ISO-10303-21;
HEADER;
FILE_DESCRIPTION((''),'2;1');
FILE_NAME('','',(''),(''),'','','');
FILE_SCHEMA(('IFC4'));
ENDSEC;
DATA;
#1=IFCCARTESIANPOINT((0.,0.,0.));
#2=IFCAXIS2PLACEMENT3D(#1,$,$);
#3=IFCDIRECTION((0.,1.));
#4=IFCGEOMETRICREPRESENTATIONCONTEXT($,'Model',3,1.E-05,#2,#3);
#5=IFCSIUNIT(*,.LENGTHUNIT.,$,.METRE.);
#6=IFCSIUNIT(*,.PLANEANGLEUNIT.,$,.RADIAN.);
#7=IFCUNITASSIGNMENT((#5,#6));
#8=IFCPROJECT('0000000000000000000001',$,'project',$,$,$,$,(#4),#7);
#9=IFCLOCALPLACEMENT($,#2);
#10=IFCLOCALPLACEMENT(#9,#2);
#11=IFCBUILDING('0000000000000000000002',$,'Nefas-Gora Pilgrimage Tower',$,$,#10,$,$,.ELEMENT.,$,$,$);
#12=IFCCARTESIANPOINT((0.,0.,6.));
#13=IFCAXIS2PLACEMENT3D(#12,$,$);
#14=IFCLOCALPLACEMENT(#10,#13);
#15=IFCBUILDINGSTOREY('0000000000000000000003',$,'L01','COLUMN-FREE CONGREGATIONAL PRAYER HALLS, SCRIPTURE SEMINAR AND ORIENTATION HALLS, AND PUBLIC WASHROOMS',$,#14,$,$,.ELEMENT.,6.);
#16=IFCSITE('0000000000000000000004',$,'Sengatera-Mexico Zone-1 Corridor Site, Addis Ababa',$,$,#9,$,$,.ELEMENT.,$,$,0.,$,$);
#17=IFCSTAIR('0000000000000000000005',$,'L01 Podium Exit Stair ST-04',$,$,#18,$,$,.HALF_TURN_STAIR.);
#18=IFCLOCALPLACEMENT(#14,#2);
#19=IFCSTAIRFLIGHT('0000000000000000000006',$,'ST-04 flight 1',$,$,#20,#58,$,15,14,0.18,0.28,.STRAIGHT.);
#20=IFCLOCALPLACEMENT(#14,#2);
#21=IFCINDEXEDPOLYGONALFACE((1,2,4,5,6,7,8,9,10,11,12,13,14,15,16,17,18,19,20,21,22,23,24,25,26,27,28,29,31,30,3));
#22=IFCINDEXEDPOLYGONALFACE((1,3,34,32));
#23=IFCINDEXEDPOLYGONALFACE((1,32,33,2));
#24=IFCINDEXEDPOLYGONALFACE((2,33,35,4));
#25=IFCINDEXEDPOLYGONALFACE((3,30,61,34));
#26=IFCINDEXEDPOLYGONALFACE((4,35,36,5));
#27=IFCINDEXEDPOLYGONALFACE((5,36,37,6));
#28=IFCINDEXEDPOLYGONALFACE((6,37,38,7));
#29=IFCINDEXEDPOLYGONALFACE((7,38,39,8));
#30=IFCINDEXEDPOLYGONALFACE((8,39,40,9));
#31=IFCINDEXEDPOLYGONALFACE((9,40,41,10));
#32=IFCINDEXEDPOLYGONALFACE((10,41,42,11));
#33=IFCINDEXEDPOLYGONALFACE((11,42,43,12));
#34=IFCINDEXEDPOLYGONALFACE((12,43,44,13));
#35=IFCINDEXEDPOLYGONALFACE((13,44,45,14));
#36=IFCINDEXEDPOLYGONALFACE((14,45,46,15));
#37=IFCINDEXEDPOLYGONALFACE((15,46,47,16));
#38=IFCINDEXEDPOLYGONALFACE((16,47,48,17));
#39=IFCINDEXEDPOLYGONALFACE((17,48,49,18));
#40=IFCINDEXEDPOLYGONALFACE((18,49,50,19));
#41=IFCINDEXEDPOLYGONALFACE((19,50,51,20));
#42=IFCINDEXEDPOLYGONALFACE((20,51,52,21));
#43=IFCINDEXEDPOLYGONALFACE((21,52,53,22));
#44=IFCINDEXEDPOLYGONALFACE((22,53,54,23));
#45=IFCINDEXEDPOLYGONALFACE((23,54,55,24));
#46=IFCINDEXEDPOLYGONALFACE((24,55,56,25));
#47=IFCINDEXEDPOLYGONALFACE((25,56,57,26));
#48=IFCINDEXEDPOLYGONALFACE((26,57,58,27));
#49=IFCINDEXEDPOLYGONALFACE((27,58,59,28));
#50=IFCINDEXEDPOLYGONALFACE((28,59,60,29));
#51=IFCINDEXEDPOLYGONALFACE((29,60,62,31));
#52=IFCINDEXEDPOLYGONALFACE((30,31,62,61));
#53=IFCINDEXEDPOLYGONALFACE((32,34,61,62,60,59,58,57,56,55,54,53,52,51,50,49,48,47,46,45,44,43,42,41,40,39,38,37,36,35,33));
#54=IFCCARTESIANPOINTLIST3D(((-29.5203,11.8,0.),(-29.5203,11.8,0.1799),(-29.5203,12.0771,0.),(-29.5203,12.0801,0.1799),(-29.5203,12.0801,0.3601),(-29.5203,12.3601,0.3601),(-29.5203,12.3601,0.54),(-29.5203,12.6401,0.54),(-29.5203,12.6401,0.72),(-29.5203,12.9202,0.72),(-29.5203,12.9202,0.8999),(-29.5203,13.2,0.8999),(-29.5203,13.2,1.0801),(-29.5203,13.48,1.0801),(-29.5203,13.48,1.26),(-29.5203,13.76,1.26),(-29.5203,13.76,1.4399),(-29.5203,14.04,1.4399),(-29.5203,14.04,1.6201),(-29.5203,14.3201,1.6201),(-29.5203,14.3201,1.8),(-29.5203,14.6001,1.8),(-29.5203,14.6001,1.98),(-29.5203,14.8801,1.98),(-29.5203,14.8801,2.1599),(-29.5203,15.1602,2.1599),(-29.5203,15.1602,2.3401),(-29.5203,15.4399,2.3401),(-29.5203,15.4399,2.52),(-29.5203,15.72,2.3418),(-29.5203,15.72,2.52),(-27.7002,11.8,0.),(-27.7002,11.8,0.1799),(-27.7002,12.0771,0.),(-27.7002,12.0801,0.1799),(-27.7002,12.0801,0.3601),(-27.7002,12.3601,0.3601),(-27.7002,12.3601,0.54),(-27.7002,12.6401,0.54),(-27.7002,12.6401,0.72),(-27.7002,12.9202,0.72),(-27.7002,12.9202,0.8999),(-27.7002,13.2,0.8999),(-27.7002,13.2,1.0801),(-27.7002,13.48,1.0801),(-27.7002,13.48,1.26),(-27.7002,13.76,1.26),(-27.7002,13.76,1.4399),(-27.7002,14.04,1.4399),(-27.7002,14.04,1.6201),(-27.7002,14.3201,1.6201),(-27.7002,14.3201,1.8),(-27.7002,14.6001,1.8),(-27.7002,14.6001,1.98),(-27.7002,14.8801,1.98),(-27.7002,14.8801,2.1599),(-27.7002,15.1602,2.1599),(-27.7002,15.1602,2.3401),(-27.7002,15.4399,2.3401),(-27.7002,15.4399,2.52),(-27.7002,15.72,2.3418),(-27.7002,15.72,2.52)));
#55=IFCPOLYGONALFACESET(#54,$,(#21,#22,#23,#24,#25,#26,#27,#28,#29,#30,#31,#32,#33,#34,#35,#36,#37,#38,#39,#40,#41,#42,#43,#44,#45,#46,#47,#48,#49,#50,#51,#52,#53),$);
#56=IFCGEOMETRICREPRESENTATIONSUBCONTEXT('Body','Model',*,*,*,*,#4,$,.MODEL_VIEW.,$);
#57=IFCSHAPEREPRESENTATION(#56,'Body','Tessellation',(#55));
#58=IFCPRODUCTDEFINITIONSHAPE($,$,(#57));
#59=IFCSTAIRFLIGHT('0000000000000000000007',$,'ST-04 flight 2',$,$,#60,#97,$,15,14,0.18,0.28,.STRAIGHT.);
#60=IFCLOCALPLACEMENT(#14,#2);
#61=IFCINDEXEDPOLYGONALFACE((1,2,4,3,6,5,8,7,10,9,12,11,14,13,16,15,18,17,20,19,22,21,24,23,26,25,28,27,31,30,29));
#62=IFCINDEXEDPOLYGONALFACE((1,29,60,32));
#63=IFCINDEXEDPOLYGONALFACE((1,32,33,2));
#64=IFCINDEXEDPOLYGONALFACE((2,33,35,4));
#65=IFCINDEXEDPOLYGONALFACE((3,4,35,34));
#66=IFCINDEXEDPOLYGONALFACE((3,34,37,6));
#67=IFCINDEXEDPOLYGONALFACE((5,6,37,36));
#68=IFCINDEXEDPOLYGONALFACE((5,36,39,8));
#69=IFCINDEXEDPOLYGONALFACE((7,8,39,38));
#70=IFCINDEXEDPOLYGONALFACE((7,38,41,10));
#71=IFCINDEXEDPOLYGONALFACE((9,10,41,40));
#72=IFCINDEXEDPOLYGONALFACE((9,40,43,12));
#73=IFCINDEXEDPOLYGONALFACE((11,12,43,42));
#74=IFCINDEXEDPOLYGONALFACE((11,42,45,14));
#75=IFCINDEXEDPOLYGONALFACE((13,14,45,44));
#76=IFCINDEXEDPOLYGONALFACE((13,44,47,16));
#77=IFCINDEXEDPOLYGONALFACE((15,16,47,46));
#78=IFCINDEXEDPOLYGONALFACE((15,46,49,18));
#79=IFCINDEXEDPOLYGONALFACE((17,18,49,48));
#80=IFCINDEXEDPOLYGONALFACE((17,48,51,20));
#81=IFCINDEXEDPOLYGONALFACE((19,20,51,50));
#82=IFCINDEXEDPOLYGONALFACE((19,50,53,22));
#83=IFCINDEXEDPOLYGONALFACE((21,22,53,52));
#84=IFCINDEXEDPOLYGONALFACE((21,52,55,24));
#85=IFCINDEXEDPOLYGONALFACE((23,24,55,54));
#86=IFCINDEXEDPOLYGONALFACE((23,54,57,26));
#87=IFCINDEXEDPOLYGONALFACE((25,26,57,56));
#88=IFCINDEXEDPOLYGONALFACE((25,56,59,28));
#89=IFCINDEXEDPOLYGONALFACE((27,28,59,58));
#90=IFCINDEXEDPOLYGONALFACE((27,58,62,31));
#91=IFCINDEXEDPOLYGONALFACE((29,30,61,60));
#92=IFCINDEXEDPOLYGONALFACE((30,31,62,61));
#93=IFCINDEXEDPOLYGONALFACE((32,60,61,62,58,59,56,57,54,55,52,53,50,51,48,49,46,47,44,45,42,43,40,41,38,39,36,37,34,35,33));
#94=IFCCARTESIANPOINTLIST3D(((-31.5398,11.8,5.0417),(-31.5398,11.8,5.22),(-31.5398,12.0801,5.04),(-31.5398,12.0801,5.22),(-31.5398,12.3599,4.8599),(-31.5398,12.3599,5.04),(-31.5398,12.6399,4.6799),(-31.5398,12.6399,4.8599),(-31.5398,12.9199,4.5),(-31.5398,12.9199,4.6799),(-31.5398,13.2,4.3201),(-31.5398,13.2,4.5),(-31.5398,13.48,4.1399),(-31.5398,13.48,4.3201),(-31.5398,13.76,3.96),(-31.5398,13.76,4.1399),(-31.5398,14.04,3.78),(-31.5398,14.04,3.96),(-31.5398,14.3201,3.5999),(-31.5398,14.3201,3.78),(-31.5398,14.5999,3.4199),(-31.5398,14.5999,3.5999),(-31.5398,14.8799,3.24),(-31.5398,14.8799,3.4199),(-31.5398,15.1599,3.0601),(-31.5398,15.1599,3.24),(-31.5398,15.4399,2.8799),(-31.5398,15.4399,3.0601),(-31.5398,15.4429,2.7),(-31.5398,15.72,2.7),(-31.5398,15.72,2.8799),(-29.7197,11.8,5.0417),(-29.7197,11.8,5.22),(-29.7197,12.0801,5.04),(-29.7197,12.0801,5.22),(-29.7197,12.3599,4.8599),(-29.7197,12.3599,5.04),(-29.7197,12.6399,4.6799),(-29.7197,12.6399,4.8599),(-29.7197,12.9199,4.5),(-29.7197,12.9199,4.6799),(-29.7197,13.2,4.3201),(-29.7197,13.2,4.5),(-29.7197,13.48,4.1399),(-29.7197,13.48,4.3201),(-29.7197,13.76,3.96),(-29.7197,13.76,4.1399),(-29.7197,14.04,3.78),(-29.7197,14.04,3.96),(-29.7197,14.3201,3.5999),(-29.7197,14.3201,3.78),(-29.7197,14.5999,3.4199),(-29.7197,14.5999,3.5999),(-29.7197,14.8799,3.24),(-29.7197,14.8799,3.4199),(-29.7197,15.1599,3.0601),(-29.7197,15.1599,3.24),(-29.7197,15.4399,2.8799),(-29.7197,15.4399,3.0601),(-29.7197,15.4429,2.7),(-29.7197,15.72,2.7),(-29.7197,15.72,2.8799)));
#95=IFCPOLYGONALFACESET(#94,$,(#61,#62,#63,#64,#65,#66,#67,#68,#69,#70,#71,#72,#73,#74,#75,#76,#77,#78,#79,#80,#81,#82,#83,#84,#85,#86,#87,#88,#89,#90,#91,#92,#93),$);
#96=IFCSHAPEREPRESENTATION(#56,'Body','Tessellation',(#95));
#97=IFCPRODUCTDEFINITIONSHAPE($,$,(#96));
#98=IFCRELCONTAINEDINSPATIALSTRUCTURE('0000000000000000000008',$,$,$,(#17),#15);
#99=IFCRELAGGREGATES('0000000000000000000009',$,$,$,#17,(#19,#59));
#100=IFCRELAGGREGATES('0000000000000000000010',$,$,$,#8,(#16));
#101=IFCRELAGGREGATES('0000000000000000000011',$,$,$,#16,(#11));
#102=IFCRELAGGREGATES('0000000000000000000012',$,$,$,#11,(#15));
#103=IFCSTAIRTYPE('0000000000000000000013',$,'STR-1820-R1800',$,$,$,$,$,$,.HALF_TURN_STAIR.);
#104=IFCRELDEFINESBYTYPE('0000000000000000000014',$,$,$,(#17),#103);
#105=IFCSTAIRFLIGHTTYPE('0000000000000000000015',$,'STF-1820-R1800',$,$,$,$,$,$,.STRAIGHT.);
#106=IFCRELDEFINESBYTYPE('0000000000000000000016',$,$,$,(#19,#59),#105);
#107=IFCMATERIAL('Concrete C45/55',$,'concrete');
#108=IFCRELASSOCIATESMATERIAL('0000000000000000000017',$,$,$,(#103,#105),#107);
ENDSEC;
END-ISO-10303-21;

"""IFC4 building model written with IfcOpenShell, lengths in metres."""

from ifc_helpers import new_model, si_unit, direction, frame, origin, place, context, subcontext, project, spatial, polyline, outline, extrude, source, transform, mapped, material, type_object, element, aggregate, save


model = new_model("IFC4")

# Units and contexts
model_context = context("Model", 3, precision=1e-05, world=origin(), true_north=direction((0.0, 1.0)))
body_context = subcontext(model_context, "Body", "Model", "MODEL_VIEW")
ifc_project = project(units=[si_unit("LENGTHUNIT", "METRE"), si_unit("PLANEANGLEUNIT", "RADIAN")], contexts=[model_context])

# Site, building, storey
site_placement = place(None, origin())
site = spatial("IfcSite", under=ifc_project, at=site_placement, Name="Sengatera-Mexico Zone-1 Corridor Site, Addis Ababa", CompositionType="ELEMENT", RefElevation=0.0)
building_placement = place(site_placement, origin())
building = spatial("IfcBuilding", under=site, at=building_placement, Name="Nefas-Gora Pilgrimage Tower", CompositionType="ELEMENT")
storey_placement = place(building_placement, frame((0.0, 0.0, 6.0)))
storey = spatial("IfcBuildingStorey", under=building, at=storey_placement, Name="L01", Description="COLUMN-FREE CONGREGATIONAL PRAYER HALLS, SCRIPTURE SEMINAR AND ORIENTATION HALLS, AND PUBLIC WASHROOMS", CompositionType="ELEMENT", Elevation=6.0)

# Shared definitions
ifc_material_1 = material(Name="Concrete C45/55", Category="concrete")

# Stair, stair flights
stair_type = type_object("IfcStairType", Name="STR-1820-R1800", PredefinedType="HALF_TURN_STAIR", material=ifc_material_1)
stair_placement = place(storey_placement, origin())
stair = element("IfcStair", 1, at=stair_placement, inside=storey, type_object=stair_type, Name="L01 Podium Exit Stair ST-04", PredefinedType="HALF_TURN_STAIR")
stair_flight_type = type_object("IfcStairFlightType", Name="STF-1820-R1800", PredefinedType="STRAIGHT", material=ifc_material_1)
shared_shape_1 = source(origin(), body_context, "Body", "SweptSolid", [
    extrude(outline(polyline([(0.0, 0.0), (0.0, 0.1799), (0.28, 0.1799), (0.28, 0.3601), (0.5601, 0.3601), (0.5601, 0.54), (0.8401, 0.54), (0.8401, 0.72), (1.1201, 0.72), (1.1201, 0.8999), (1.3999, 0.8999), (1.3999, 1.0801), (1.6799, 1.0801), (1.6799, 1.26), (1.96, 1.26), (1.96, 1.4399), (2.24, 1.4399), (2.24, 1.6201), (2.52, 1.6201), (2.52, 1.8), (2.8, 1.8), (2.8, 1.98), (3.0801, 1.98), (3.0801, 2.1599), (3.3601, 2.1599), (3.3601, 2.3401), (3.6399, 2.3401), (3.6399, 2.52), (3.9199, 2.52), (3.9199, 2.7), (3.9199, 2.3418), (0.2771, 0.0), (0.0, 0.0)])), frame((0.0, 0.9102, 0.0), z_axis=(0.0, -1.0, 0.0), x_axis=(1.0, 0.0, 0.0)), (0.0, 0.0, 1.0), 1.8201),
])
stair_flight_1_placement = place(storey_placement, frame((-28.6101, 11.8, 0.0), z_axis=(0.0, 0.0, 1.0), x_axis=(0.0, 1.0, 0.0)))
stair_flight_1 = element("IfcStairFlight", 2, at=stair_flight_1_placement, type_object=stair_flight_type, Name="ST-04 flight 1", NumberOfRisers=15, NumberOfTreads=14, PredefinedType="STRAIGHT", RiserHeight=0.18, TreadLength=0.28, context=body_context, shape_type="MappedRepresentation", body=[
    mapped(shared_shape_1, transform((0.0, 0.0, 0.0), x_axis=(1.0, 0.0, 0.0), y_axis=(0.0, 1.0, 0.0), z_axis=(0.0, 0.0, 1.0), scale=1.0)),
])
stair_flight_2_placement = place(storey_placement, frame((-30.6299, 15.72, 2.7), z_axis=(0.0, 0.0, 1.0), x_axis=(0.0, -1.0, 0.0)))
stair_flight_2 = element("IfcStairFlight", 3, at=stair_flight_2_placement, type_object=stair_flight_type, Name="ST-04 flight 2", NumberOfRisers=15, NumberOfTreads=14, PredefinedType="STRAIGHT", RiserHeight=0.18, TreadLength=0.28, context=body_context, shape_type="MappedRepresentation", body=[
    mapped(shared_shape_1, transform((0.0, 0.0, 0.0), x_axis=(1.0, 0.0, 0.0), y_axis=(0.0, 1.0, 0.0), z_axis=(0.0, 0.0, 1.0), scale=1.0)),
])
aggregate(stair, [stair_flight_1, stair_flight_2])

save(model, "model.ifc")
